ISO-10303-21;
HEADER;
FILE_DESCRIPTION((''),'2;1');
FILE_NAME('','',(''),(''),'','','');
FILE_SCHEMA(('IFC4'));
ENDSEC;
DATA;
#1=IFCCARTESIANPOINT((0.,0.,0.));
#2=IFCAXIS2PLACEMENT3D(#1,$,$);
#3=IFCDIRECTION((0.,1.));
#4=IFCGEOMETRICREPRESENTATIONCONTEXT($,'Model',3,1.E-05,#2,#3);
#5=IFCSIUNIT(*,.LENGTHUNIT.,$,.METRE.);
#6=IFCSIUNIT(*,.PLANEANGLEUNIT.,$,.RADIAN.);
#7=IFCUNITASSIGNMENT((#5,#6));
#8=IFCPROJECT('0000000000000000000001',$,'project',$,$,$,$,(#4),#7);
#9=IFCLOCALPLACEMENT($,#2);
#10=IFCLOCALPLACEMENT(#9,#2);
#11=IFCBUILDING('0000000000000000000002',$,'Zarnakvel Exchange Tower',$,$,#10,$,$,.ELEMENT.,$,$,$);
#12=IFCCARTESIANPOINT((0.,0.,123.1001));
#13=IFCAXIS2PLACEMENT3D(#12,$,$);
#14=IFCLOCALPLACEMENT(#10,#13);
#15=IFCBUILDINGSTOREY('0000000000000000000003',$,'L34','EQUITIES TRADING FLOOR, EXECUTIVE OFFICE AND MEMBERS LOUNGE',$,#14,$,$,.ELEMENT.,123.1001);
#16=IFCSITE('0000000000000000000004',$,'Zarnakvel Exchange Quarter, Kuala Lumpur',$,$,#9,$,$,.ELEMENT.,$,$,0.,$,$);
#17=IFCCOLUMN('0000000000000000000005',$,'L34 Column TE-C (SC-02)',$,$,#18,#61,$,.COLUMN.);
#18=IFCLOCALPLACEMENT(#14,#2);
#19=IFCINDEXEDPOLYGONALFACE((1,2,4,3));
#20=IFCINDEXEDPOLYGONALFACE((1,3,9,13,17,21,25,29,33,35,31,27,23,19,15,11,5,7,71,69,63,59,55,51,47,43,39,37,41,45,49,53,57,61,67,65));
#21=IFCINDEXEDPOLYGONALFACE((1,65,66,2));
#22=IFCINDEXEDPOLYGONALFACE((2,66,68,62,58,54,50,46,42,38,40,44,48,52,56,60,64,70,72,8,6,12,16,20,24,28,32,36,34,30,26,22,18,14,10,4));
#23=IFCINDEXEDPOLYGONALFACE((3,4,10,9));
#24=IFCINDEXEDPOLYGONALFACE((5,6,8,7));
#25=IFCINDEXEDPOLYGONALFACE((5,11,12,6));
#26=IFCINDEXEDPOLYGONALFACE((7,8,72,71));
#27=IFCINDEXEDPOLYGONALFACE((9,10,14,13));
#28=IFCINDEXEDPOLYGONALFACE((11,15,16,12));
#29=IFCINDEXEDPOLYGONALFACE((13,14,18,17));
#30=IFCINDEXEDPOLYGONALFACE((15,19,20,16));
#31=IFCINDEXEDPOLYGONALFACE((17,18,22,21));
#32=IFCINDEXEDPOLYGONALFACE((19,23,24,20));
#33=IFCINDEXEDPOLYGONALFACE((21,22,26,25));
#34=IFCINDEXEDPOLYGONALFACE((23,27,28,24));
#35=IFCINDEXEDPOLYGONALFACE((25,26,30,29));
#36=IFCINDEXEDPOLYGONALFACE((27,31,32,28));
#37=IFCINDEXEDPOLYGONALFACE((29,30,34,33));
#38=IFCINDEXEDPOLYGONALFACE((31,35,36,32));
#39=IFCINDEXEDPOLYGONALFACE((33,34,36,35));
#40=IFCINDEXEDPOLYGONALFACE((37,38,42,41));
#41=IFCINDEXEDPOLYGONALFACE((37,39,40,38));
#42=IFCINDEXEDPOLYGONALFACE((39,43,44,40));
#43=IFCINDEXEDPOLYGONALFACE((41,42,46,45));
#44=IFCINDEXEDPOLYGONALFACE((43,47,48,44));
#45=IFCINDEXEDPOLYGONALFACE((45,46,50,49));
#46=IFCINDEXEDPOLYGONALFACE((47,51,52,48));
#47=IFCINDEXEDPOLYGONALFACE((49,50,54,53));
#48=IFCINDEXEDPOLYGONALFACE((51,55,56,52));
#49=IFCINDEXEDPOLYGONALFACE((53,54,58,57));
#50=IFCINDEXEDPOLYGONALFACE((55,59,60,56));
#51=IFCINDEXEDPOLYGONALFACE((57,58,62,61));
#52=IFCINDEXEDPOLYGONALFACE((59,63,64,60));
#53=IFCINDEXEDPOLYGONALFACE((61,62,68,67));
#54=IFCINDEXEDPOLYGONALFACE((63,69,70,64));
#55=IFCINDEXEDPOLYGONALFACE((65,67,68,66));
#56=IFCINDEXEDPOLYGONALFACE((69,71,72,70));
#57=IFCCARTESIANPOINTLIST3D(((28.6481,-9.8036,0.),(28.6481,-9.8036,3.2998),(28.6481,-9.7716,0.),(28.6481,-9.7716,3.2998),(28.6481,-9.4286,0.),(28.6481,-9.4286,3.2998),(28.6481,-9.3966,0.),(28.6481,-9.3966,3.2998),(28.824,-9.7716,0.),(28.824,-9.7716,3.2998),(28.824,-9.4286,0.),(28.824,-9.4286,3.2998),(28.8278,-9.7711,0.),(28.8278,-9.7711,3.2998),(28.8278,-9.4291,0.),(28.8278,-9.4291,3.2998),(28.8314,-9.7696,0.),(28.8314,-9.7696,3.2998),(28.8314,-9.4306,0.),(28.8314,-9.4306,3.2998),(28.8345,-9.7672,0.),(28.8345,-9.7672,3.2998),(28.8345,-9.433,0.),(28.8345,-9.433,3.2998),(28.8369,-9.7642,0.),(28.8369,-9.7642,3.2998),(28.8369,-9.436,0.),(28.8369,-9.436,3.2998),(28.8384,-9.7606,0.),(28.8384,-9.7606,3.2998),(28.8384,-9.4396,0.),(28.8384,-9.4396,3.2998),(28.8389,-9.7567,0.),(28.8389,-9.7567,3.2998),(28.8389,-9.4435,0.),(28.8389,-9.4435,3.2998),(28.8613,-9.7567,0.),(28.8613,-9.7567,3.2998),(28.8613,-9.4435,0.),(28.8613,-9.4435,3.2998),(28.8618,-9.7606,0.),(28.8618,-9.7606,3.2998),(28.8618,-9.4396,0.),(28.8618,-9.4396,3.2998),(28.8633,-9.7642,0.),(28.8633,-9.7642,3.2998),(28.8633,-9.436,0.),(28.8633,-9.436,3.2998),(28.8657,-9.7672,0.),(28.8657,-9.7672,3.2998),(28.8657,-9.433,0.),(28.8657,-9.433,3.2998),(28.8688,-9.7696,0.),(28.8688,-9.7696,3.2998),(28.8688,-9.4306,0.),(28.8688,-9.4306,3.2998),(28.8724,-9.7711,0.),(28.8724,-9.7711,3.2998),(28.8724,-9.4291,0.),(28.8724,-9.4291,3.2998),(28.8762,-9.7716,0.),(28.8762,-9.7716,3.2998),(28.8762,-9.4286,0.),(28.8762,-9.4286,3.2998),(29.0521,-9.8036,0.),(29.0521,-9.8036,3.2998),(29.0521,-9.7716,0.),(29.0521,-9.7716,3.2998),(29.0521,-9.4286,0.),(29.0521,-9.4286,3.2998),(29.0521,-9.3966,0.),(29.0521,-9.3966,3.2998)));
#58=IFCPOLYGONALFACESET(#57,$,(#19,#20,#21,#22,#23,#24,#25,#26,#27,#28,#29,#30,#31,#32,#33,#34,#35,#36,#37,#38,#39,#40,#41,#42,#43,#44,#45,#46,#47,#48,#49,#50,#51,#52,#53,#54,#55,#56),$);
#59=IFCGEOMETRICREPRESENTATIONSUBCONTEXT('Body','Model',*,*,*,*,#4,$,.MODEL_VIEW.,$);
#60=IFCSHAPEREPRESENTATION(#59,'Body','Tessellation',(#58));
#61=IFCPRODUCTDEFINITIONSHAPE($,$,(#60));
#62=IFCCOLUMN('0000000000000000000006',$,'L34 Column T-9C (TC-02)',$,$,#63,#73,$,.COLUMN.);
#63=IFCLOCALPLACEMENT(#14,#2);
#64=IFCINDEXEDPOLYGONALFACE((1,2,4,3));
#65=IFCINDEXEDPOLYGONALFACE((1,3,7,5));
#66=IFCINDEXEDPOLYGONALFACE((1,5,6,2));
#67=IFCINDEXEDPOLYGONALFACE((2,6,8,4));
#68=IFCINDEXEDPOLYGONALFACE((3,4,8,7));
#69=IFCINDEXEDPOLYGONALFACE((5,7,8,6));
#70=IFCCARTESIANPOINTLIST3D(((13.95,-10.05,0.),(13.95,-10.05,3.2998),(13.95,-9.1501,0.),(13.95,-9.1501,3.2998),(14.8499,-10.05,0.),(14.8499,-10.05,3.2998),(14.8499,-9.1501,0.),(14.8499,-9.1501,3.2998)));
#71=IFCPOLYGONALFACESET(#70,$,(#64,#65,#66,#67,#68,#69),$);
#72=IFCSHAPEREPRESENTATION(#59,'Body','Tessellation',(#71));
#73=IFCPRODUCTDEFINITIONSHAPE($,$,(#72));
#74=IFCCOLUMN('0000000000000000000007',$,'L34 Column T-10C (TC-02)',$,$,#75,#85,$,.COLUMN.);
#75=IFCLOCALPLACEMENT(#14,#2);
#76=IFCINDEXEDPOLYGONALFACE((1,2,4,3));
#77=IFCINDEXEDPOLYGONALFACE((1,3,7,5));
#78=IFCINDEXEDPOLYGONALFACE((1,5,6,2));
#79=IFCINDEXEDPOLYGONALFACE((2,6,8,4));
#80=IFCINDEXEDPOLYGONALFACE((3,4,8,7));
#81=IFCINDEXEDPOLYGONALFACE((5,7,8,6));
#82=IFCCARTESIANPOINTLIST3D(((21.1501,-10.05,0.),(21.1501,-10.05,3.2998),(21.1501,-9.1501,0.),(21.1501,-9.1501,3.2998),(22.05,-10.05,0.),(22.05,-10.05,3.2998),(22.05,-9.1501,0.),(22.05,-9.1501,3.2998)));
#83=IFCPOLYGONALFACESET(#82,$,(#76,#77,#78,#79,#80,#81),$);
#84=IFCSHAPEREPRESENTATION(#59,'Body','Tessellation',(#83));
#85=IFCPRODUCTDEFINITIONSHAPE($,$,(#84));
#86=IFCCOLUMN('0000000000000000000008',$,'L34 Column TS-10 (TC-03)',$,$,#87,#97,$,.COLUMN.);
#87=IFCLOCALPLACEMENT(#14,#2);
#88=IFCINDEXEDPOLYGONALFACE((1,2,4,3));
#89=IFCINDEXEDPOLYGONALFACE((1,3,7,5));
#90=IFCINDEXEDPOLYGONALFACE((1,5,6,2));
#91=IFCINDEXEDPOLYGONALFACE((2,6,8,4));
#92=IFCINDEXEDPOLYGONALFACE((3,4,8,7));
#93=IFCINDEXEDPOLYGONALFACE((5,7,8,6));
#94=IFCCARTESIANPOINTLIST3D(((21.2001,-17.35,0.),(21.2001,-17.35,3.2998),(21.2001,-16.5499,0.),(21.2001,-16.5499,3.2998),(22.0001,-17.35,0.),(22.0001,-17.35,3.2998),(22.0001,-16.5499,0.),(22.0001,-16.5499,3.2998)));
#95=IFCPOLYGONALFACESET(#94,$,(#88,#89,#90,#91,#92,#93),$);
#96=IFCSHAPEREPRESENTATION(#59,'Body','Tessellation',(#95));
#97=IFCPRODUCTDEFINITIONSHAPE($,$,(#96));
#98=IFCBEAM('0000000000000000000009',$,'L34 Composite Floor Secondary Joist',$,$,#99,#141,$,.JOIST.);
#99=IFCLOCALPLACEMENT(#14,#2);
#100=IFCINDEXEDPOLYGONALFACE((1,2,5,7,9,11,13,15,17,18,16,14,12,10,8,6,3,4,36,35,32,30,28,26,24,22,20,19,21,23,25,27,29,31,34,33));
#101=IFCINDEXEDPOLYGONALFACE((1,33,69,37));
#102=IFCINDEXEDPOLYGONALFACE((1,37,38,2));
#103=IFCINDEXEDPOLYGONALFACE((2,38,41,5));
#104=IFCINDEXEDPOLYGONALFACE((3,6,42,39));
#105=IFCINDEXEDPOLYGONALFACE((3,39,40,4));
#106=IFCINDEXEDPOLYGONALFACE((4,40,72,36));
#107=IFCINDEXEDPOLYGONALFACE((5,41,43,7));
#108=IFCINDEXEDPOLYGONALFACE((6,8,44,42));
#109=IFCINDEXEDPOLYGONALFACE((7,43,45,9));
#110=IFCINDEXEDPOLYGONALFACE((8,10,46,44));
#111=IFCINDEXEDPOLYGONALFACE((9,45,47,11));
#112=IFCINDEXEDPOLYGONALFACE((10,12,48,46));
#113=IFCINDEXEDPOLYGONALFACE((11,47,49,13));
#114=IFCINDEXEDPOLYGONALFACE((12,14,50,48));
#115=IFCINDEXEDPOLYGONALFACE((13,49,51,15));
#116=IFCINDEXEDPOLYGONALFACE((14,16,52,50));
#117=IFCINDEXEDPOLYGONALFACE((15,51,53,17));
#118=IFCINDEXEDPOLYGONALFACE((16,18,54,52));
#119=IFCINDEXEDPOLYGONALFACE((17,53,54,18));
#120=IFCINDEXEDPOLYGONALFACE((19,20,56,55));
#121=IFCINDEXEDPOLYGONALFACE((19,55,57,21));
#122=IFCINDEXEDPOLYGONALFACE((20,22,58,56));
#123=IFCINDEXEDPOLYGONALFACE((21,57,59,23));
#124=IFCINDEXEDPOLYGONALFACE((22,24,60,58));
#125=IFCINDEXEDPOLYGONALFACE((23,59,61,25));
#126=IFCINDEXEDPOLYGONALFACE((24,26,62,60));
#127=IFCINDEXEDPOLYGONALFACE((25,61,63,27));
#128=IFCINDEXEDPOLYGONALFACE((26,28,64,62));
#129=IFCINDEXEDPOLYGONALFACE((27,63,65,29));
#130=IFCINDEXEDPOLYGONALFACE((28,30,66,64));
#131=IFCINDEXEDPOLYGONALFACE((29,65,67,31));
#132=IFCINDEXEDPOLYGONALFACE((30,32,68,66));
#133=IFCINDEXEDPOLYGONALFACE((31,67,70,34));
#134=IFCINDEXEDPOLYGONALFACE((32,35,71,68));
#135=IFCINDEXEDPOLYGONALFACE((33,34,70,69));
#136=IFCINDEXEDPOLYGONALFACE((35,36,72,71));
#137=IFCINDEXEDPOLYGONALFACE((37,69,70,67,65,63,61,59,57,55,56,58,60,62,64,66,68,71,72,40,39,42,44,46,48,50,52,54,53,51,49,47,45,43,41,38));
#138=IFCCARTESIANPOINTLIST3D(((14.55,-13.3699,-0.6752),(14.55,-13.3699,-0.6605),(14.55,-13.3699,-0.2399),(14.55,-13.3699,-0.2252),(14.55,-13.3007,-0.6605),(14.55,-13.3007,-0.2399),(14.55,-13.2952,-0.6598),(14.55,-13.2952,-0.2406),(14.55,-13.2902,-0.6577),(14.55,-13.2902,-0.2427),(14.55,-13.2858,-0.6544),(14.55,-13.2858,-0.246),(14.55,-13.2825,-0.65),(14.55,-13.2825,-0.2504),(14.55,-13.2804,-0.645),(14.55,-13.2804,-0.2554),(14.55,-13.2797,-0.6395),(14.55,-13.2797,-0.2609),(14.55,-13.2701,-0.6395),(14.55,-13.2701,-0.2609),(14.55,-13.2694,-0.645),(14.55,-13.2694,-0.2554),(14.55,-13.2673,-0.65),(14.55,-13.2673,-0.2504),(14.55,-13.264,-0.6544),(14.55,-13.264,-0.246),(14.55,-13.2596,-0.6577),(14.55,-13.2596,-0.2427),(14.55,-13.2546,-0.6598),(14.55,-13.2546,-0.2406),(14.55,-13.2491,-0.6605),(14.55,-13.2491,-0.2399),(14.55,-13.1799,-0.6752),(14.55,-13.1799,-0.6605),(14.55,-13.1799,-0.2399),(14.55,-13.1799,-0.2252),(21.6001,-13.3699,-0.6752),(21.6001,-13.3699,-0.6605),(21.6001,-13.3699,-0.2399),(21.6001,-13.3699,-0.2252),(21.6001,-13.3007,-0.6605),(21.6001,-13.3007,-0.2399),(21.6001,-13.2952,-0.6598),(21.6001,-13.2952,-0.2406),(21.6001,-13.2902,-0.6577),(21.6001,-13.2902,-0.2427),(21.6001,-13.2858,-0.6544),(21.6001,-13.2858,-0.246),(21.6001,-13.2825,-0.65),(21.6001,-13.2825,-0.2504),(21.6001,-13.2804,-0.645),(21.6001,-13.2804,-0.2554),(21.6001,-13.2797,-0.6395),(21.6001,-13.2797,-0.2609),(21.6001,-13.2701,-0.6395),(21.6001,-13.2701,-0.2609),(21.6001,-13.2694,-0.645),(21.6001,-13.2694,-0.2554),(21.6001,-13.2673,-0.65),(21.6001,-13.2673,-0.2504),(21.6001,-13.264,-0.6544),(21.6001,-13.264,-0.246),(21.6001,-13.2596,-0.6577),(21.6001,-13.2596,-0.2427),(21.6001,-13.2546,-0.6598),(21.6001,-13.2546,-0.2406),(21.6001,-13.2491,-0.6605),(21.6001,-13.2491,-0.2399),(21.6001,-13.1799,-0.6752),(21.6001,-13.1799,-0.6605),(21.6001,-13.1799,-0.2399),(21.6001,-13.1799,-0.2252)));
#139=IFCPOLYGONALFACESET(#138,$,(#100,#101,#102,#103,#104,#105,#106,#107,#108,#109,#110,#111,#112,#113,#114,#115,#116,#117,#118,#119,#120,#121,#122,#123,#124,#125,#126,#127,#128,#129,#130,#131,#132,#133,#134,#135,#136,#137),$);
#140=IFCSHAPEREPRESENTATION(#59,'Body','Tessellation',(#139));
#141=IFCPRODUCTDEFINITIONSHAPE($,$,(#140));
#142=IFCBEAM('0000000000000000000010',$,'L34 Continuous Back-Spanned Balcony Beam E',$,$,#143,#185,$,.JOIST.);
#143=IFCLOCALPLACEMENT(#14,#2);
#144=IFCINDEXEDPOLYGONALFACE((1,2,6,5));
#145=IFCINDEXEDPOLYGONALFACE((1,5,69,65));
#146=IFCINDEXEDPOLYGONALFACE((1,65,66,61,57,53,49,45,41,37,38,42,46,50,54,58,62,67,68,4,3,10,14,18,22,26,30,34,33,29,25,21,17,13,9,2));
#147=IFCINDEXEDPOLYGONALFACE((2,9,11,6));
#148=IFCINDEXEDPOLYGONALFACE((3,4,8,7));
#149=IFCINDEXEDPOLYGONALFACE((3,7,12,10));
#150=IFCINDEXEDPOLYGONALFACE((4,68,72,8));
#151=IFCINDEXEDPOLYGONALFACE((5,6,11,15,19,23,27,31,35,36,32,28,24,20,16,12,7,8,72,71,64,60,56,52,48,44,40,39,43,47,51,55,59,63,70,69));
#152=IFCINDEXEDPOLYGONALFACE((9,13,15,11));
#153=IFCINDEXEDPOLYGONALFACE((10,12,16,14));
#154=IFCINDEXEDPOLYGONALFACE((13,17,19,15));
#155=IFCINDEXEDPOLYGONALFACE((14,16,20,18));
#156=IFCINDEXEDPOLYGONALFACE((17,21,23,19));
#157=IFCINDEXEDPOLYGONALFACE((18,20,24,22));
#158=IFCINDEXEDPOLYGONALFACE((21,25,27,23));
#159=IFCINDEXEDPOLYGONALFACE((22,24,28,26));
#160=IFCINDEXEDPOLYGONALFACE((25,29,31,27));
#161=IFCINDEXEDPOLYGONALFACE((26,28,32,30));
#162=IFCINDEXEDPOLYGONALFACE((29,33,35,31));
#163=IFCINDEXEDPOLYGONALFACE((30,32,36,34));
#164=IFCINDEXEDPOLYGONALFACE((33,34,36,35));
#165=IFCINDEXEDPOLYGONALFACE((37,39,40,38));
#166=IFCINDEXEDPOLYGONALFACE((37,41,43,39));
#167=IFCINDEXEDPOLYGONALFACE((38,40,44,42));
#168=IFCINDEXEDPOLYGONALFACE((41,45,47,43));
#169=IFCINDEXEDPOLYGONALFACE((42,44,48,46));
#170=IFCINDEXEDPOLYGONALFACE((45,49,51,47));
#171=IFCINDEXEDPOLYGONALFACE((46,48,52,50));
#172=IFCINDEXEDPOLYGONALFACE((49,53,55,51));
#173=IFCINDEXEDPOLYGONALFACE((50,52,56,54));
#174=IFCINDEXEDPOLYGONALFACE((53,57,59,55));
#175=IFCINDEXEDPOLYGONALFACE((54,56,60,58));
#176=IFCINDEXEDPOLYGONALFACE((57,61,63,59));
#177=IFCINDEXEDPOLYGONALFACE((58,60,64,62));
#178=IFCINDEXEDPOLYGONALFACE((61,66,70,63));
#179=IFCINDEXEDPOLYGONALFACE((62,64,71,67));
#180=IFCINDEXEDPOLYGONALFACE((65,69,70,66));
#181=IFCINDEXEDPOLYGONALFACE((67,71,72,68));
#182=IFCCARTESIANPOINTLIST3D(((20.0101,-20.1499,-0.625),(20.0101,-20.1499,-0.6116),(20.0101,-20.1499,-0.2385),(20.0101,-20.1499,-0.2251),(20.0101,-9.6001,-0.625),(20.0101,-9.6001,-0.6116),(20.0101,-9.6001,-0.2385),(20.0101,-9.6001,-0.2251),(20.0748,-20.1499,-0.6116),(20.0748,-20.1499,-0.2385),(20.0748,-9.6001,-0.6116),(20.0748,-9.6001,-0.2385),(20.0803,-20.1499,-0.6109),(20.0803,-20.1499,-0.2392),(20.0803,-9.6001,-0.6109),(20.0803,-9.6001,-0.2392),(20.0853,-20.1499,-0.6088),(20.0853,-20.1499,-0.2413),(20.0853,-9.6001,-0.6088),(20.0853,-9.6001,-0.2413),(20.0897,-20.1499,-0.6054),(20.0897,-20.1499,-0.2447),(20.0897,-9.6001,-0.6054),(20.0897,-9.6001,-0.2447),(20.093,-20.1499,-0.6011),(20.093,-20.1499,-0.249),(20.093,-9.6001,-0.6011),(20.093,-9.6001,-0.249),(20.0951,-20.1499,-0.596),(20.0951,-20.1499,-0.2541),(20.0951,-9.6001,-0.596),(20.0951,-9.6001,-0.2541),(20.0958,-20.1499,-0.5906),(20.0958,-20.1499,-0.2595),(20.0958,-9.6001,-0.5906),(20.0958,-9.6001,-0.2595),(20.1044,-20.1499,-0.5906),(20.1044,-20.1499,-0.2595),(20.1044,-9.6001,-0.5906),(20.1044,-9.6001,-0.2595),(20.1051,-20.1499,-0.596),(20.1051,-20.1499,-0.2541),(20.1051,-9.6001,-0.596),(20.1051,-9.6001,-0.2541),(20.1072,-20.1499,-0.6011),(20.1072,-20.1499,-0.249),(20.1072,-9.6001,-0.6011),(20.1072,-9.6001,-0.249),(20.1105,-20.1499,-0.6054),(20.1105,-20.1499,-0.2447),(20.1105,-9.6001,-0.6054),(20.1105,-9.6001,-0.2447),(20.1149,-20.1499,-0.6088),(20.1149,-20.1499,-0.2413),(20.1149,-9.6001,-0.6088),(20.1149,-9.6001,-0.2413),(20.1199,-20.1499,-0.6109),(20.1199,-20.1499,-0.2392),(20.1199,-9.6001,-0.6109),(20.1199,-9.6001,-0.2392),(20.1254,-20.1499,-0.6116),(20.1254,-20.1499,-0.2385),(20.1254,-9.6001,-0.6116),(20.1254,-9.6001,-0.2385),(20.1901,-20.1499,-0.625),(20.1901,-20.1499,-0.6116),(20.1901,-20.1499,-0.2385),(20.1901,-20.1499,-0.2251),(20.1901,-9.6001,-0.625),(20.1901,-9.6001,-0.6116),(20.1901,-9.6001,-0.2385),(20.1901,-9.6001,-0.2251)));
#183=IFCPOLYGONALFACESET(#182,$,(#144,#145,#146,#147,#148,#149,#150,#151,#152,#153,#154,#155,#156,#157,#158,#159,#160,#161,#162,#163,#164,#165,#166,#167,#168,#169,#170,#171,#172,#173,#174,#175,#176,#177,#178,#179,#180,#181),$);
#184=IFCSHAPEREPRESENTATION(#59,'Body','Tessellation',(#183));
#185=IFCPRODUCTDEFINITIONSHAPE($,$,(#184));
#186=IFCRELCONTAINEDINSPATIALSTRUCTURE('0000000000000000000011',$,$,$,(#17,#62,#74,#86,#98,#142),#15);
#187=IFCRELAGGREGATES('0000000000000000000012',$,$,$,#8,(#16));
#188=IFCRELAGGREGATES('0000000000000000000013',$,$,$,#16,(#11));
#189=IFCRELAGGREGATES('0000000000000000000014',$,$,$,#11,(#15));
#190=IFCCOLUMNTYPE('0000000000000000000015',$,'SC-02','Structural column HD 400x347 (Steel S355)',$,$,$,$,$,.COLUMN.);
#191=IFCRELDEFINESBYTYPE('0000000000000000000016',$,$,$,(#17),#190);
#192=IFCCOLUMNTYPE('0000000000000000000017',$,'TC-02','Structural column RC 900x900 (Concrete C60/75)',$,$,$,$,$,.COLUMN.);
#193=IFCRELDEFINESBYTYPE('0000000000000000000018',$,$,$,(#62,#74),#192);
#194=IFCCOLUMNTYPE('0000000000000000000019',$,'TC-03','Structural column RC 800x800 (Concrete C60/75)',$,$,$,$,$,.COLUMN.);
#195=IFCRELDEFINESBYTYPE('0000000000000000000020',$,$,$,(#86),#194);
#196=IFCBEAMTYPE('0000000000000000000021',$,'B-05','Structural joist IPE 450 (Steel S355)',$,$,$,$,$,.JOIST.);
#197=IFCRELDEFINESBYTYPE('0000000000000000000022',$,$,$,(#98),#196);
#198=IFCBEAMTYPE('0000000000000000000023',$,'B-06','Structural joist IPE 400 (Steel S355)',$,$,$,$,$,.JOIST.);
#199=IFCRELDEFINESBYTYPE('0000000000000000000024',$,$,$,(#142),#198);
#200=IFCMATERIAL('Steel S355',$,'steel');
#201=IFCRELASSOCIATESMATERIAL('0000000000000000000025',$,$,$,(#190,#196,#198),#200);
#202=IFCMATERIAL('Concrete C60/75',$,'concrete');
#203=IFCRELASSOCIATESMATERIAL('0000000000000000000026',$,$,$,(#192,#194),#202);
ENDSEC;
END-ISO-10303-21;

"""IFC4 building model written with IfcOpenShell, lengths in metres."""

from ifc_helpers import new_model, si_unit, direction, frame, origin, origin_2d, place, context, subcontext, project, spatial, rectangle, i_section, extrude, material, material_profile, profile_set, type_object, element, save


model = new_model("IFC4")

# Units and contexts
model_context = context("Model", 3, precision=1e-05, world=origin(), true_north=direction((0.0, 1.0)))
body_context = subcontext(model_context, "Body", "Model", "MODEL_VIEW")
ifc_project = project(units=[si_unit("LENGTHUNIT", "METRE"), si_unit("PLANEANGLEUNIT", "RADIAN")], contexts=[model_context])

# Site, building, storey
site_placement = place(None, origin())
site = spatial("IfcSite", under=ifc_project, at=site_placement, Name="Zarnakvel Exchange Quarter, Kuala Lumpur", CompositionType="ELEMENT", RefElevation=0.0)
building_placement = place(site_placement, origin())
building = spatial("IfcBuilding", under=site, at=building_placement, Name="Zarnakvel Exchange Tower", CompositionType="ELEMENT")
storey_placement = place(building_placement, frame((0.0, 0.0, 123.1001)))
storey = spatial("IfcBuildingStorey", under=building, at=storey_placement, Name="L34", Description="EQUITIES TRADING FLOOR, EXECUTIVE OFFICE AND MEMBERS LOUNGE", CompositionType="ELEMENT", Elevation=123.1001)

# Columns
ifc_material_1 = material(Name="Steel S355", Category="steel")
ifc_material_profile_1 = material_profile(ifc_material_1, i_section(OverallWidth=0.4041, OverallDepth=0.407, WebThickness=0.0225, FlangeThickness=0.032, FilletRadius=0.0149, at=origin_2d()))
ifc_profile_set_1 = profile_set([ifc_material_profile_1], Name="Steel S355")
column_type_1 = type_object("IfcColumnType", Name="SC-02", Description="Structural column HD 400x347 (Steel S355)", PredefinedType="COLUMN", material=ifc_profile_set_1)
column_1_placement = place(storey_placement, frame((28.8501, -9.6001, 0.0), z_axis=(0.0, 0.0, 1.0), x_axis=(1.0, 0.0, 0.0)))
element("IfcColumn", 1, at=column_1_placement, inside=storey, type_object=column_type_1, Name="L34 Column TE-C (SC-02)", PredefinedType="COLUMN", context=body_context, shape_type="SweptSolid", body=[
    extrude(i_section(OverallWidth=0.4041, OverallDepth=0.407, WebThickness=0.0225, FlangeThickness=0.032, FilletRadius=0.0149, at=origin_2d()), origin(), (0.0, 0.0, 1.0), 3.2998),
])
ifc_material_2 = material(Name="Concrete C60/75", Category="concrete")
ifc_material_profile_2 = material_profile(ifc_material_2, rectangle(XDim=0.8999, YDim=0.8999, at=origin_2d()))
ifc_profile_set_2 = profile_set([ifc_material_profile_2], Name="Concrete C60/75")
column_type_2 = type_object("IfcColumnType", Name="TC-02", Description="Structural column RC 900x900 (Concrete C60/75)", PredefinedType="COLUMN", material=ifc_profile_set_2)
for number, where, z_axis, x_axis, name in (
    (2, (14.3999, -9.6001, 0.0), (0.0, 0.0, 1.0), (1.0, 0.0, 0.0), "L34 Column T-9C (TC-02)"),
    (3, (21.6001, -9.6001, 0.0), (0.0, 0.0, 1.0), (1.0, 0.0, 0.0), "L34 Column T-10C (TC-02)"),
):
    element("IfcColumn", number, at=place(storey_placement, frame(where, z_axis=z_axis, x_axis=x_axis)), inside=storey, type_object=column_type_2, Name=name, PredefinedType="COLUMN", context=body_context, shape_type="SweptSolid", body=[
        extrude(rectangle(XDim=0.8999, YDim=0.8999, at=origin_2d()), origin(), (0.0, 0.0, 1.0), 3.2998),
    ])
ifc_material_profile_3 = material_profile(ifc_material_2, rectangle(XDim=0.8, YDim=0.8, at=origin_2d()))
ifc_profile_set_3 = profile_set([ifc_material_profile_3], Name="Concrete C60/75")
column_type_3 = type_object("IfcColumnType", Name="TC-03", Description="Structural column RC 800x800 (Concrete C60/75)", PredefinedType="COLUMN", material=ifc_profile_set_3)
column_2_placement = place(storey_placement, frame((21.6001, -16.95, 0.0), z_axis=(0.0, 0.0, 1.0), x_axis=(1.0, 0.0, 0.0)))
element("IfcColumn", 4, at=column_2_placement, inside=storey, type_object=column_type_3, Name="L34 Column TS-10 (TC-03)", PredefinedType="COLUMN", context=body_context, shape_type="SweptSolid", body=[
    extrude(rectangle(XDim=0.8, YDim=0.8, at=origin_2d()), origin(), (0.0, 0.0, 1.0), 3.2998),
])

# Beams
ifc_material_profile_4 = material_profile(ifc_material_1, i_section(OverallWidth=0.1899, OverallDepth=0.45, WebThickness=0.0095, FlangeThickness=0.0146, FilletRadius=0.021, at=origin_2d()))
ifc_profile_set_4 = profile_set([ifc_material_profile_4], Name="Steel S355")
beam_type_1 = type_object("IfcBeamType", Name="B-05", Description="Structural joist IPE 450 (Steel S355)", PredefinedType="JOIST", material=ifc_profile_set_4)
beam_1_placement = place(storey_placement, frame((14.55, -13.2749, -0.4502), z_axis=(1.0, 0.0, 0.0), x_axis=(0.0, 1.0, 0.0)))
element("IfcBeam", 5, at=beam_1_placement, inside=storey, type_object=beam_type_1, Name="L34 Composite Floor Secondary Joist", PredefinedType="JOIST", context=body_context, shape_type="SweptSolid", body=[
    extrude(i_section(OverallWidth=0.1899, OverallDepth=0.45, WebThickness=0.0095, FlangeThickness=0.0146, FilletRadius=0.021, at=origin_2d()), origin(), (0.0, 0.0, 1.0), 7.05),
])
ifc_material_profile_5 = material_profile(ifc_material_1, i_section(OverallWidth=0.1799, OverallDepth=0.3999, WebThickness=0.0085, FlangeThickness=0.0134, FilletRadius=0.021, at=origin_2d()))
ifc_profile_set_5 = profile_set([ifc_material_profile_5], Name="Steel S355")
beam_type_2 = type_object("IfcBeamType", Name="B-06", Description="Structural joist IPE 400 (Steel S355)", PredefinedType="JOIST", material=ifc_profile_set_5)
beam_2_placement = place(storey_placement, frame((20.1001, -9.6001, -0.425), z_axis=(0.0, -1.0, 0.0), x_axis=(1.0, 0.0, 0.0)))
element("IfcBeam", 6, at=beam_2_placement, inside=storey, type_object=beam_type_2, Name="L34 Continuous Back-Spanned Balcony Beam E", PredefinedType="JOIST", context=body_context, shape_type="SweptSolid", body=[
    extrude(i_section(OverallWidth=0.1799, OverallDepth=0.3999, WebThickness=0.0085, FlangeThickness=0.0134, FilletRadius=0.021, at=origin_2d()), origin(), (0.0, 0.0, 1.0), 10.5498),
])

save(model, "model.ifc")
